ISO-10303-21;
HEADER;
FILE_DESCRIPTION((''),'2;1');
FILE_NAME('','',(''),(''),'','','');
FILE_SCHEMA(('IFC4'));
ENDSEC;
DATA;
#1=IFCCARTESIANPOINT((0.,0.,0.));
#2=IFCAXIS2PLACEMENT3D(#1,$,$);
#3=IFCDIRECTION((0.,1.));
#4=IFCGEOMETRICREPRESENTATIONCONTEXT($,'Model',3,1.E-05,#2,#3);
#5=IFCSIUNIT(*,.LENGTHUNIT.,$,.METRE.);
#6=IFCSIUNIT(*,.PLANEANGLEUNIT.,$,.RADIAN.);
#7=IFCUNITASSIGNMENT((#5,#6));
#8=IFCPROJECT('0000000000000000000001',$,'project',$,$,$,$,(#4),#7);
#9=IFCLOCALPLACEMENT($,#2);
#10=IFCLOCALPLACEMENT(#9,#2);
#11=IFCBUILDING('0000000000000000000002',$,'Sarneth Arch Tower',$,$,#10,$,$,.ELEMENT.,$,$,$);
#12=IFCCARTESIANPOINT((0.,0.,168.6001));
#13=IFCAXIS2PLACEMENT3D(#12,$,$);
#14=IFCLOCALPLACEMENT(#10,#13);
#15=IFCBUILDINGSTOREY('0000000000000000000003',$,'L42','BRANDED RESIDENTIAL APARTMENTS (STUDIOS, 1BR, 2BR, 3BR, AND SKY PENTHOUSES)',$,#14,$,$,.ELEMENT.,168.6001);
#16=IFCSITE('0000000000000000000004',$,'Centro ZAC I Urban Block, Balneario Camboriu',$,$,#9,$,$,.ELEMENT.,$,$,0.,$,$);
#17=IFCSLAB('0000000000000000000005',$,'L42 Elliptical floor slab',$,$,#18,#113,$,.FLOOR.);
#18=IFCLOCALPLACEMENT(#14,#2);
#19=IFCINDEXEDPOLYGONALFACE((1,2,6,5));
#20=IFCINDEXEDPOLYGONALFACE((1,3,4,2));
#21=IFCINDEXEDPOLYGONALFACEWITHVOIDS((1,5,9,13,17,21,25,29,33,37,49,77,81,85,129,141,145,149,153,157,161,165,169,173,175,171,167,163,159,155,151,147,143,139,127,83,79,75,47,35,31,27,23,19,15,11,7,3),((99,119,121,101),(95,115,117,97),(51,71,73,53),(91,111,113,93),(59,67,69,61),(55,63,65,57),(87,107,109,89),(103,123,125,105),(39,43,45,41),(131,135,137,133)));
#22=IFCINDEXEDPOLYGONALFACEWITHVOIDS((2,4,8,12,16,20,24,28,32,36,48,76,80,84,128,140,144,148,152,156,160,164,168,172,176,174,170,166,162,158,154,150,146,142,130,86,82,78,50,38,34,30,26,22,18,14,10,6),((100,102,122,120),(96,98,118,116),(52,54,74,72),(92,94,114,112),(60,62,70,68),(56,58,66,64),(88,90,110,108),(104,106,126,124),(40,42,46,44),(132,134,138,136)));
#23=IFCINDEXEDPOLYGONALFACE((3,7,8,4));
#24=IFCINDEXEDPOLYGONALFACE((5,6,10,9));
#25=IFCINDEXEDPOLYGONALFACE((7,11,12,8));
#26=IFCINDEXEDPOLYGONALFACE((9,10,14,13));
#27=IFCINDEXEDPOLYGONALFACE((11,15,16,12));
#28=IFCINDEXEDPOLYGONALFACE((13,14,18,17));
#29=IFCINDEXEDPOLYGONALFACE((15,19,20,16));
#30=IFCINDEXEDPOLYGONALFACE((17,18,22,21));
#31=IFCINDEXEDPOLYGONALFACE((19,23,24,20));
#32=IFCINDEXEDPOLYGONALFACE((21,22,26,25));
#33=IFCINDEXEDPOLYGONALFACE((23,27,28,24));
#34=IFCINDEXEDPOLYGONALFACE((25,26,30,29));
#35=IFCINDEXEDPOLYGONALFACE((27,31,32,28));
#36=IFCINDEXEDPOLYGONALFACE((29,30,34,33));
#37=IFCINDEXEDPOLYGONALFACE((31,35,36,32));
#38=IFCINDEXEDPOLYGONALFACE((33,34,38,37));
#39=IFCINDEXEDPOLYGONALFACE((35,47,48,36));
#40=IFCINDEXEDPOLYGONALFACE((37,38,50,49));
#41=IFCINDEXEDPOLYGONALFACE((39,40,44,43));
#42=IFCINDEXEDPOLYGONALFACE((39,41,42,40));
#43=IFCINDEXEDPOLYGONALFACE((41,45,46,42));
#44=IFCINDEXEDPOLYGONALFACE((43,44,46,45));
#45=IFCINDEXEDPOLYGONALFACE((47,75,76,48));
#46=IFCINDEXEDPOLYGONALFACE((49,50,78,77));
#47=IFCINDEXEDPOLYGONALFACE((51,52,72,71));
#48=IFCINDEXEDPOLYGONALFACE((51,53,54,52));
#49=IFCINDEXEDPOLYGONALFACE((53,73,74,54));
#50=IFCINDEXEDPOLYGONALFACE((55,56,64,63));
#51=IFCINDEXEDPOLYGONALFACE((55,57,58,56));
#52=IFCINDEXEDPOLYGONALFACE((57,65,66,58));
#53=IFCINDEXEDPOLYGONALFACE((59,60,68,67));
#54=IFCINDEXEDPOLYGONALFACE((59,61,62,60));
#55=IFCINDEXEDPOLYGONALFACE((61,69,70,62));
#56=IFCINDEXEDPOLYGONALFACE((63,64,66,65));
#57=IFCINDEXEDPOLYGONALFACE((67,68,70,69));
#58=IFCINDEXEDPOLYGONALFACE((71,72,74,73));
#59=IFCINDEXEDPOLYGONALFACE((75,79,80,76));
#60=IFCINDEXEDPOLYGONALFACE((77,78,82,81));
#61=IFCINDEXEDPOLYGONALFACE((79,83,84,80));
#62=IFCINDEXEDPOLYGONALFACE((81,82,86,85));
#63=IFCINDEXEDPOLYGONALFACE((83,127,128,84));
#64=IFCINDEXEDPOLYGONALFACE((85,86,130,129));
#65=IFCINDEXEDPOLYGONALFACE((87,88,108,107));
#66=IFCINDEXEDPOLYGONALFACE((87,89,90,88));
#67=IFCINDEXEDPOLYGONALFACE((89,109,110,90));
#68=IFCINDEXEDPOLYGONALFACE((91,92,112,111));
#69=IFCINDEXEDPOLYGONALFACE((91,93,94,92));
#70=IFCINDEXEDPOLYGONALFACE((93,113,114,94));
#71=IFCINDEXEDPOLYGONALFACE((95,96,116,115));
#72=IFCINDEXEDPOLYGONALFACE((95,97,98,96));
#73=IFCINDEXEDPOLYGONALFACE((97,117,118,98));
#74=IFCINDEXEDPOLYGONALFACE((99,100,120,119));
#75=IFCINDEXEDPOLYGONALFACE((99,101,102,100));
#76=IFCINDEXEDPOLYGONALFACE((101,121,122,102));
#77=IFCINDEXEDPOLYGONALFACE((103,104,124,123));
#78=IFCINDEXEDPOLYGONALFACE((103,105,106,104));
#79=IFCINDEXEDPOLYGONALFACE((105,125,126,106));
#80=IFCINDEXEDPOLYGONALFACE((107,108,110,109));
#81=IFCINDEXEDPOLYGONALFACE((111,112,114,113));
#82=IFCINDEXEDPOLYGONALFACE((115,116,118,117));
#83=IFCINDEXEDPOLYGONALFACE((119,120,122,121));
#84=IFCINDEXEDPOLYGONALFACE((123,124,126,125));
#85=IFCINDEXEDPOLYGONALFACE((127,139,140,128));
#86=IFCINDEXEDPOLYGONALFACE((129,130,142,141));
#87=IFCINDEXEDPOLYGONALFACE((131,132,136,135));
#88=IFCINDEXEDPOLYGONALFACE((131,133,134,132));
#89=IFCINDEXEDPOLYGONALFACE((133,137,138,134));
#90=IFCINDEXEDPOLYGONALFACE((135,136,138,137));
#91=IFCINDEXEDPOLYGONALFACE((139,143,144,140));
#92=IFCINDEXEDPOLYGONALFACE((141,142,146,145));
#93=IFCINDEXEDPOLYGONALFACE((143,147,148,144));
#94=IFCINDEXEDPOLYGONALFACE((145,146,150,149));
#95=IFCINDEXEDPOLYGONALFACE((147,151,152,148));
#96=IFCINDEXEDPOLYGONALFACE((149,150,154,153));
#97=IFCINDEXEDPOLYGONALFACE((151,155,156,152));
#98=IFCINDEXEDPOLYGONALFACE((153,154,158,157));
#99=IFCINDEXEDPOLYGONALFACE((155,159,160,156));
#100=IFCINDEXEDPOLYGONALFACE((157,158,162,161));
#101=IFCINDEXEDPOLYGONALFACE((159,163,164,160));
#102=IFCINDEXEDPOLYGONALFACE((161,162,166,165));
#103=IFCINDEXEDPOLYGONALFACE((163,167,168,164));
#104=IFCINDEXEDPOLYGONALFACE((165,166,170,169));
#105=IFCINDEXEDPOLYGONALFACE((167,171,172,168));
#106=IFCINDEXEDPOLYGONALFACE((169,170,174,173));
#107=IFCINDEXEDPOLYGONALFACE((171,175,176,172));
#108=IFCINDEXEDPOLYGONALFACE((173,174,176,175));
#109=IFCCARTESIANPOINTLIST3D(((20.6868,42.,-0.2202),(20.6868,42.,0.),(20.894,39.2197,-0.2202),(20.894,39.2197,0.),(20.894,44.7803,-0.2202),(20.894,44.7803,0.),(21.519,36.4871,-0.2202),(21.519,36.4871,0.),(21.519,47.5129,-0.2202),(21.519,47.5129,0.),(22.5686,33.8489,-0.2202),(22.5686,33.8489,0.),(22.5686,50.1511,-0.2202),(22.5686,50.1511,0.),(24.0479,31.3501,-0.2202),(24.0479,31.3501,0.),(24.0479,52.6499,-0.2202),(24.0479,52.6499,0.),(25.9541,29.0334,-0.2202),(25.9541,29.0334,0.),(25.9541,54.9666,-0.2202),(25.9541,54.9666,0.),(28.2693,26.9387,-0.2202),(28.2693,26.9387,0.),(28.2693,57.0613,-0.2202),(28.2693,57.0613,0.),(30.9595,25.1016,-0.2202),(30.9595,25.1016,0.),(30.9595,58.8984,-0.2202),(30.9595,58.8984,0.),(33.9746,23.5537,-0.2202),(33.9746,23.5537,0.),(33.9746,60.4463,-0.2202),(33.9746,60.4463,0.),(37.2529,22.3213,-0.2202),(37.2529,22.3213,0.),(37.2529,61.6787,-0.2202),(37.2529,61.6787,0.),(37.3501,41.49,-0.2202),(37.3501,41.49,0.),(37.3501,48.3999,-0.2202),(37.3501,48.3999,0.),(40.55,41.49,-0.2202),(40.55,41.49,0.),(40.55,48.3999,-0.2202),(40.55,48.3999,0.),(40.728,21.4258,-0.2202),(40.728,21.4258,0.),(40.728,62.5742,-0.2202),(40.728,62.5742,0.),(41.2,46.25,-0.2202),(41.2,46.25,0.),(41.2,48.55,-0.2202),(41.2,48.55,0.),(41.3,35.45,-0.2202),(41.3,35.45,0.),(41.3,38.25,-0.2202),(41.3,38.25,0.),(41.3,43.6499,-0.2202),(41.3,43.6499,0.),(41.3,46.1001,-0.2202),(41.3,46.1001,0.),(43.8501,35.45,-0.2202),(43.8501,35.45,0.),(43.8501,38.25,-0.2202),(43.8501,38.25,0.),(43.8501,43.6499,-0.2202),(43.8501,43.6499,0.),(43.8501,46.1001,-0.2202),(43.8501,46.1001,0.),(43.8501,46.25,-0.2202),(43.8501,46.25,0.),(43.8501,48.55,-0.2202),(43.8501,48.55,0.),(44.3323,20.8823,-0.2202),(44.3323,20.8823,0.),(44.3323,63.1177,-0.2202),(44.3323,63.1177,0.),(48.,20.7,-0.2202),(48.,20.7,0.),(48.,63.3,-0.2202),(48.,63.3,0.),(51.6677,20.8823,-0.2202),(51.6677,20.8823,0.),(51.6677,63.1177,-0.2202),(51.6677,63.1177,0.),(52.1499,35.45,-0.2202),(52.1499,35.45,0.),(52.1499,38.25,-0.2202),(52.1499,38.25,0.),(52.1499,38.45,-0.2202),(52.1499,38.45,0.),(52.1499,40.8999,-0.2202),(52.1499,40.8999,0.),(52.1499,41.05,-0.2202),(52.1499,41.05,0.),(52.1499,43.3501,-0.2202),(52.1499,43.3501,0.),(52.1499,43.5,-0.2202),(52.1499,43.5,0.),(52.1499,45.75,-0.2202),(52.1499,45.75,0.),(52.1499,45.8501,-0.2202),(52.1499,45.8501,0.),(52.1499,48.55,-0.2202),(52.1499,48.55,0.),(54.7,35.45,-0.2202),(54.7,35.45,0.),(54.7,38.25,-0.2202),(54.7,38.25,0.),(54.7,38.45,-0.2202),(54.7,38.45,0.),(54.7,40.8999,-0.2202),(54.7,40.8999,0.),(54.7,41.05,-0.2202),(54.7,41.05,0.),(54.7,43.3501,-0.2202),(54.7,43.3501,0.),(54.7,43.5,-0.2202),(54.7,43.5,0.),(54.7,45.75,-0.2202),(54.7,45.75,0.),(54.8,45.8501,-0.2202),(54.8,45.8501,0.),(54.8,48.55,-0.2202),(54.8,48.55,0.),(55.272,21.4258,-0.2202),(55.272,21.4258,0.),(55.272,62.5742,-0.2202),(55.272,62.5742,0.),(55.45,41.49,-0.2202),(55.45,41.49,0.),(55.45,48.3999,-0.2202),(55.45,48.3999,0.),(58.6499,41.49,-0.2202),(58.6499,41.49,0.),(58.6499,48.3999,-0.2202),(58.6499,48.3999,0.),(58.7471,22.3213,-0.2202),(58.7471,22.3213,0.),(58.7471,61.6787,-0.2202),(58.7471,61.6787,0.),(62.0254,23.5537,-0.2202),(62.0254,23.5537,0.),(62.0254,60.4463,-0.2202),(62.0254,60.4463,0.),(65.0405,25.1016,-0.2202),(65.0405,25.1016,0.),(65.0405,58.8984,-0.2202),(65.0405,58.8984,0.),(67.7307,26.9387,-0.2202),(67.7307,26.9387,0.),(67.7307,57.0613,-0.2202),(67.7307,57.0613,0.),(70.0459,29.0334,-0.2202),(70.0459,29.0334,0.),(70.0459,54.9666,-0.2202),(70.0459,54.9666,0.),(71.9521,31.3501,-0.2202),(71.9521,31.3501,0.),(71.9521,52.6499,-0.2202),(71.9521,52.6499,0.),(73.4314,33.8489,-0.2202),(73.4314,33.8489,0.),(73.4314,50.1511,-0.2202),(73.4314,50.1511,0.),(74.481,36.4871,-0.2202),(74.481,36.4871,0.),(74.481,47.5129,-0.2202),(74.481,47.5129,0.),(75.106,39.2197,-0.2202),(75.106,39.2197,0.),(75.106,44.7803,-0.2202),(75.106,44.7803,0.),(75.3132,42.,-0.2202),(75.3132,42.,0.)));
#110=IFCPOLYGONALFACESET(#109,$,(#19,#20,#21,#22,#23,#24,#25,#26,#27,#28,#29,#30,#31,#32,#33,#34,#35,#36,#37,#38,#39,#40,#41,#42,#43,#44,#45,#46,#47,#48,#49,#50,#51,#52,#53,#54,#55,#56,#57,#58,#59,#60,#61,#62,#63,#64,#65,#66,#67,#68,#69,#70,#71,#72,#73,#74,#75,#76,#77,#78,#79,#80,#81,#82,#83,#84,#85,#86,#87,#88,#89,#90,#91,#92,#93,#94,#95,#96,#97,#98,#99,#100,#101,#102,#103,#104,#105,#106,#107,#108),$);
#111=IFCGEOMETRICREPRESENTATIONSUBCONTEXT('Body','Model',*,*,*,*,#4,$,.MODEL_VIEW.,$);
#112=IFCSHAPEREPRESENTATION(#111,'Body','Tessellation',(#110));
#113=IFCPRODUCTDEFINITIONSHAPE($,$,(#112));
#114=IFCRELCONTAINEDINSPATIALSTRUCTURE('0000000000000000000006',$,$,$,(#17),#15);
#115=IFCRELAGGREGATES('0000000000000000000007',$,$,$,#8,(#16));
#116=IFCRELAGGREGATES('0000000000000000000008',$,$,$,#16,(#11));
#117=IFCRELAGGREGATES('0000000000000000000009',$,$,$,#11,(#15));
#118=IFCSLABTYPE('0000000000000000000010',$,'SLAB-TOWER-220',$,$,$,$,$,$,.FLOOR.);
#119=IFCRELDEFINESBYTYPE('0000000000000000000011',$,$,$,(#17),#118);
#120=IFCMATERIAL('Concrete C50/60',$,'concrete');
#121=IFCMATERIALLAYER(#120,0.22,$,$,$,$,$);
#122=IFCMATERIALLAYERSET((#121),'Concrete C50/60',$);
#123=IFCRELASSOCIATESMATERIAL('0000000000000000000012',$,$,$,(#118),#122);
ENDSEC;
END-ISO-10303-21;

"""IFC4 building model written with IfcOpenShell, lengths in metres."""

from ifc_helpers import new_model, si_unit, direction, frame, origin, place, context, subcontext, project, spatial, polyline, outline, extrude, material, layer, layer_set, type_object, element, save


model = new_model("IFC4")

# Units and contexts
model_context = context("Model", 3, precision=1e-05, world=origin(), true_north=direction((0.0, 1.0)))
body_context = subcontext(model_context, "Body", "Model", "MODEL_VIEW")
ifc_project = project(units=[si_unit("LENGTHUNIT", "METRE"), si_unit("PLANEANGLEUNIT", "RADIAN")], contexts=[model_context])

# Site, building, storey
site_placement = place(None, origin())
site = spatial("IfcSite", under=ifc_project, at=site_placement, Name="Centro ZAC I Urban Block, Balneario Camboriu", CompositionType="ELEMENT", RefElevation=0.0)
building_placement = place(site_placement, origin())
building = spatial("IfcBuilding", under=site, at=building_placement, Name="Sarneth Arch Tower", CompositionType="ELEMENT")
storey_placement = place(building_placement, frame((0.0, 0.0, 168.6001)))
storey = spatial("IfcBuildingStorey", under=building, at=storey_placement, Name="L42", Description="BRANDED RESIDENTIAL APARTMENTS (STUDIOS, 1BR, 2BR, 3BR, AND SKY PENTHOUSES)", CompositionType="ELEMENT", Elevation=168.6001)

# Slab
ifc_material_1 = material(Name="Concrete C50/60", Category="concrete")
ifc_layer_1 = layer(ifc_material_1, 0.22)
ifc_layer_set_1 = layer_set([ifc_layer_1], Name="Concrete C50/60")
slab_type_1 = type_object("IfcSlabType", Name="SLAB-TOWER-220", PredefinedType="FLOOR", material=ifc_layer_set_1)
slab_1_placement = place(storey_placement, frame((0.0, 0.0, -0.2202)))
element("IfcSlab", 1, at=slab_1_placement, inside=storey, type_object=slab_type_1, Name="L42 Elliptical floor slab", PredefinedType="FLOOR", context=body_context, shape_type="SweptSolid", body=[
    extrude(outline(polyline([(75.3132, 42.0), (75.106, 44.7803), (74.481, 47.5129), (73.4314, 50.1511), (71.9521, 52.6499), (70.0459, 54.9666), (67.7307, 57.0613), (65.0405, 58.8984), (62.0254, 60.4463), (58.7471, 61.6787), (55.272, 62.5742), (51.6677, 63.1177), (48.0, 63.3), (44.3323, 63.1177), (40.728, 62.5742), (37.2529, 61.6787), (33.9746, 60.4463), (30.9595, 58.8984), (28.2693, 57.0613), (25.9541, 54.9666), (24.0479, 52.6499), (22.5686, 50.1511), (21.519, 47.5129), (20.894, 44.7803), (20.6868, 42.0), (20.894, 39.2197), (21.519, 36.4871), (22.5686, 33.8489), (24.0479, 31.3501), (25.9541, 29.0334), (28.2693, 26.9387), (30.9595, 25.1016), (33.9746, 23.5537), (37.2529, 22.3213), (40.728, 21.4258), (44.3323, 20.8823), (48.0, 20.7), (51.6677, 20.8823), (55.272, 21.4258), (58.7471, 22.3213), (62.0254, 23.5537), (65.0405, 25.1016), (67.7307, 26.9387), (70.0459, 29.0334), (71.9521, 31.3501), (73.4314, 33.8489), (74.481, 36.4871), (75.106, 39.2197), (75.3132, 42.0)]), holes=[polyline([(37.3501, 41.49), (40.55, 41.49), (40.55, 48.3999), (37.3501, 48.3999), (37.3501, 41.49)]), polyline([(55.45, 41.49), (58.6499, 41.49), (58.6499, 48.3999), (55.45, 48.3999), (55.45, 41.49)]), polyline([(41.2, 46.25), (43.8501, 46.25), (43.8501, 48.55), (41.2, 48.55), (41.2, 46.25)]), polyline([(41.3, 35.45), (43.8501, 35.45), (43.8501, 38.25), (41.3, 38.25), (41.3, 35.45)]), polyline([(52.1499, 35.45), (54.7, 35.45), (54.7, 38.25), (52.1499, 38.25), (52.1499, 35.45)]), polyline([(52.1499, 45.8501), (54.8, 45.8501), (54.8, 48.55), (52.1499, 48.55), (52.1499, 45.8501)]), polyline([(41.3, 43.6499), (43.8501, 43.6499), (43.8501, 46.1001), (41.3, 46.1001), (41.3, 43.6499)]), polyline([(52.1499, 38.45), (54.7, 38.45), (54.7, 40.8999), (52.1499, 40.8999), (52.1499, 38.45)]), polyline([(52.1499, 41.05), (54.7, 41.05), (54.7, 43.3501), (52.1499, 43.3501), (52.1499, 41.05)]), polyline([(52.1499, 43.5), (54.7, 43.5), (54.7, 45.75), (52.1499, 45.75), (52.1499, 43.5)])]), origin(), (0.0, 0.0, 1.0), 0.2202),
])

save(model, "model.ifc")
